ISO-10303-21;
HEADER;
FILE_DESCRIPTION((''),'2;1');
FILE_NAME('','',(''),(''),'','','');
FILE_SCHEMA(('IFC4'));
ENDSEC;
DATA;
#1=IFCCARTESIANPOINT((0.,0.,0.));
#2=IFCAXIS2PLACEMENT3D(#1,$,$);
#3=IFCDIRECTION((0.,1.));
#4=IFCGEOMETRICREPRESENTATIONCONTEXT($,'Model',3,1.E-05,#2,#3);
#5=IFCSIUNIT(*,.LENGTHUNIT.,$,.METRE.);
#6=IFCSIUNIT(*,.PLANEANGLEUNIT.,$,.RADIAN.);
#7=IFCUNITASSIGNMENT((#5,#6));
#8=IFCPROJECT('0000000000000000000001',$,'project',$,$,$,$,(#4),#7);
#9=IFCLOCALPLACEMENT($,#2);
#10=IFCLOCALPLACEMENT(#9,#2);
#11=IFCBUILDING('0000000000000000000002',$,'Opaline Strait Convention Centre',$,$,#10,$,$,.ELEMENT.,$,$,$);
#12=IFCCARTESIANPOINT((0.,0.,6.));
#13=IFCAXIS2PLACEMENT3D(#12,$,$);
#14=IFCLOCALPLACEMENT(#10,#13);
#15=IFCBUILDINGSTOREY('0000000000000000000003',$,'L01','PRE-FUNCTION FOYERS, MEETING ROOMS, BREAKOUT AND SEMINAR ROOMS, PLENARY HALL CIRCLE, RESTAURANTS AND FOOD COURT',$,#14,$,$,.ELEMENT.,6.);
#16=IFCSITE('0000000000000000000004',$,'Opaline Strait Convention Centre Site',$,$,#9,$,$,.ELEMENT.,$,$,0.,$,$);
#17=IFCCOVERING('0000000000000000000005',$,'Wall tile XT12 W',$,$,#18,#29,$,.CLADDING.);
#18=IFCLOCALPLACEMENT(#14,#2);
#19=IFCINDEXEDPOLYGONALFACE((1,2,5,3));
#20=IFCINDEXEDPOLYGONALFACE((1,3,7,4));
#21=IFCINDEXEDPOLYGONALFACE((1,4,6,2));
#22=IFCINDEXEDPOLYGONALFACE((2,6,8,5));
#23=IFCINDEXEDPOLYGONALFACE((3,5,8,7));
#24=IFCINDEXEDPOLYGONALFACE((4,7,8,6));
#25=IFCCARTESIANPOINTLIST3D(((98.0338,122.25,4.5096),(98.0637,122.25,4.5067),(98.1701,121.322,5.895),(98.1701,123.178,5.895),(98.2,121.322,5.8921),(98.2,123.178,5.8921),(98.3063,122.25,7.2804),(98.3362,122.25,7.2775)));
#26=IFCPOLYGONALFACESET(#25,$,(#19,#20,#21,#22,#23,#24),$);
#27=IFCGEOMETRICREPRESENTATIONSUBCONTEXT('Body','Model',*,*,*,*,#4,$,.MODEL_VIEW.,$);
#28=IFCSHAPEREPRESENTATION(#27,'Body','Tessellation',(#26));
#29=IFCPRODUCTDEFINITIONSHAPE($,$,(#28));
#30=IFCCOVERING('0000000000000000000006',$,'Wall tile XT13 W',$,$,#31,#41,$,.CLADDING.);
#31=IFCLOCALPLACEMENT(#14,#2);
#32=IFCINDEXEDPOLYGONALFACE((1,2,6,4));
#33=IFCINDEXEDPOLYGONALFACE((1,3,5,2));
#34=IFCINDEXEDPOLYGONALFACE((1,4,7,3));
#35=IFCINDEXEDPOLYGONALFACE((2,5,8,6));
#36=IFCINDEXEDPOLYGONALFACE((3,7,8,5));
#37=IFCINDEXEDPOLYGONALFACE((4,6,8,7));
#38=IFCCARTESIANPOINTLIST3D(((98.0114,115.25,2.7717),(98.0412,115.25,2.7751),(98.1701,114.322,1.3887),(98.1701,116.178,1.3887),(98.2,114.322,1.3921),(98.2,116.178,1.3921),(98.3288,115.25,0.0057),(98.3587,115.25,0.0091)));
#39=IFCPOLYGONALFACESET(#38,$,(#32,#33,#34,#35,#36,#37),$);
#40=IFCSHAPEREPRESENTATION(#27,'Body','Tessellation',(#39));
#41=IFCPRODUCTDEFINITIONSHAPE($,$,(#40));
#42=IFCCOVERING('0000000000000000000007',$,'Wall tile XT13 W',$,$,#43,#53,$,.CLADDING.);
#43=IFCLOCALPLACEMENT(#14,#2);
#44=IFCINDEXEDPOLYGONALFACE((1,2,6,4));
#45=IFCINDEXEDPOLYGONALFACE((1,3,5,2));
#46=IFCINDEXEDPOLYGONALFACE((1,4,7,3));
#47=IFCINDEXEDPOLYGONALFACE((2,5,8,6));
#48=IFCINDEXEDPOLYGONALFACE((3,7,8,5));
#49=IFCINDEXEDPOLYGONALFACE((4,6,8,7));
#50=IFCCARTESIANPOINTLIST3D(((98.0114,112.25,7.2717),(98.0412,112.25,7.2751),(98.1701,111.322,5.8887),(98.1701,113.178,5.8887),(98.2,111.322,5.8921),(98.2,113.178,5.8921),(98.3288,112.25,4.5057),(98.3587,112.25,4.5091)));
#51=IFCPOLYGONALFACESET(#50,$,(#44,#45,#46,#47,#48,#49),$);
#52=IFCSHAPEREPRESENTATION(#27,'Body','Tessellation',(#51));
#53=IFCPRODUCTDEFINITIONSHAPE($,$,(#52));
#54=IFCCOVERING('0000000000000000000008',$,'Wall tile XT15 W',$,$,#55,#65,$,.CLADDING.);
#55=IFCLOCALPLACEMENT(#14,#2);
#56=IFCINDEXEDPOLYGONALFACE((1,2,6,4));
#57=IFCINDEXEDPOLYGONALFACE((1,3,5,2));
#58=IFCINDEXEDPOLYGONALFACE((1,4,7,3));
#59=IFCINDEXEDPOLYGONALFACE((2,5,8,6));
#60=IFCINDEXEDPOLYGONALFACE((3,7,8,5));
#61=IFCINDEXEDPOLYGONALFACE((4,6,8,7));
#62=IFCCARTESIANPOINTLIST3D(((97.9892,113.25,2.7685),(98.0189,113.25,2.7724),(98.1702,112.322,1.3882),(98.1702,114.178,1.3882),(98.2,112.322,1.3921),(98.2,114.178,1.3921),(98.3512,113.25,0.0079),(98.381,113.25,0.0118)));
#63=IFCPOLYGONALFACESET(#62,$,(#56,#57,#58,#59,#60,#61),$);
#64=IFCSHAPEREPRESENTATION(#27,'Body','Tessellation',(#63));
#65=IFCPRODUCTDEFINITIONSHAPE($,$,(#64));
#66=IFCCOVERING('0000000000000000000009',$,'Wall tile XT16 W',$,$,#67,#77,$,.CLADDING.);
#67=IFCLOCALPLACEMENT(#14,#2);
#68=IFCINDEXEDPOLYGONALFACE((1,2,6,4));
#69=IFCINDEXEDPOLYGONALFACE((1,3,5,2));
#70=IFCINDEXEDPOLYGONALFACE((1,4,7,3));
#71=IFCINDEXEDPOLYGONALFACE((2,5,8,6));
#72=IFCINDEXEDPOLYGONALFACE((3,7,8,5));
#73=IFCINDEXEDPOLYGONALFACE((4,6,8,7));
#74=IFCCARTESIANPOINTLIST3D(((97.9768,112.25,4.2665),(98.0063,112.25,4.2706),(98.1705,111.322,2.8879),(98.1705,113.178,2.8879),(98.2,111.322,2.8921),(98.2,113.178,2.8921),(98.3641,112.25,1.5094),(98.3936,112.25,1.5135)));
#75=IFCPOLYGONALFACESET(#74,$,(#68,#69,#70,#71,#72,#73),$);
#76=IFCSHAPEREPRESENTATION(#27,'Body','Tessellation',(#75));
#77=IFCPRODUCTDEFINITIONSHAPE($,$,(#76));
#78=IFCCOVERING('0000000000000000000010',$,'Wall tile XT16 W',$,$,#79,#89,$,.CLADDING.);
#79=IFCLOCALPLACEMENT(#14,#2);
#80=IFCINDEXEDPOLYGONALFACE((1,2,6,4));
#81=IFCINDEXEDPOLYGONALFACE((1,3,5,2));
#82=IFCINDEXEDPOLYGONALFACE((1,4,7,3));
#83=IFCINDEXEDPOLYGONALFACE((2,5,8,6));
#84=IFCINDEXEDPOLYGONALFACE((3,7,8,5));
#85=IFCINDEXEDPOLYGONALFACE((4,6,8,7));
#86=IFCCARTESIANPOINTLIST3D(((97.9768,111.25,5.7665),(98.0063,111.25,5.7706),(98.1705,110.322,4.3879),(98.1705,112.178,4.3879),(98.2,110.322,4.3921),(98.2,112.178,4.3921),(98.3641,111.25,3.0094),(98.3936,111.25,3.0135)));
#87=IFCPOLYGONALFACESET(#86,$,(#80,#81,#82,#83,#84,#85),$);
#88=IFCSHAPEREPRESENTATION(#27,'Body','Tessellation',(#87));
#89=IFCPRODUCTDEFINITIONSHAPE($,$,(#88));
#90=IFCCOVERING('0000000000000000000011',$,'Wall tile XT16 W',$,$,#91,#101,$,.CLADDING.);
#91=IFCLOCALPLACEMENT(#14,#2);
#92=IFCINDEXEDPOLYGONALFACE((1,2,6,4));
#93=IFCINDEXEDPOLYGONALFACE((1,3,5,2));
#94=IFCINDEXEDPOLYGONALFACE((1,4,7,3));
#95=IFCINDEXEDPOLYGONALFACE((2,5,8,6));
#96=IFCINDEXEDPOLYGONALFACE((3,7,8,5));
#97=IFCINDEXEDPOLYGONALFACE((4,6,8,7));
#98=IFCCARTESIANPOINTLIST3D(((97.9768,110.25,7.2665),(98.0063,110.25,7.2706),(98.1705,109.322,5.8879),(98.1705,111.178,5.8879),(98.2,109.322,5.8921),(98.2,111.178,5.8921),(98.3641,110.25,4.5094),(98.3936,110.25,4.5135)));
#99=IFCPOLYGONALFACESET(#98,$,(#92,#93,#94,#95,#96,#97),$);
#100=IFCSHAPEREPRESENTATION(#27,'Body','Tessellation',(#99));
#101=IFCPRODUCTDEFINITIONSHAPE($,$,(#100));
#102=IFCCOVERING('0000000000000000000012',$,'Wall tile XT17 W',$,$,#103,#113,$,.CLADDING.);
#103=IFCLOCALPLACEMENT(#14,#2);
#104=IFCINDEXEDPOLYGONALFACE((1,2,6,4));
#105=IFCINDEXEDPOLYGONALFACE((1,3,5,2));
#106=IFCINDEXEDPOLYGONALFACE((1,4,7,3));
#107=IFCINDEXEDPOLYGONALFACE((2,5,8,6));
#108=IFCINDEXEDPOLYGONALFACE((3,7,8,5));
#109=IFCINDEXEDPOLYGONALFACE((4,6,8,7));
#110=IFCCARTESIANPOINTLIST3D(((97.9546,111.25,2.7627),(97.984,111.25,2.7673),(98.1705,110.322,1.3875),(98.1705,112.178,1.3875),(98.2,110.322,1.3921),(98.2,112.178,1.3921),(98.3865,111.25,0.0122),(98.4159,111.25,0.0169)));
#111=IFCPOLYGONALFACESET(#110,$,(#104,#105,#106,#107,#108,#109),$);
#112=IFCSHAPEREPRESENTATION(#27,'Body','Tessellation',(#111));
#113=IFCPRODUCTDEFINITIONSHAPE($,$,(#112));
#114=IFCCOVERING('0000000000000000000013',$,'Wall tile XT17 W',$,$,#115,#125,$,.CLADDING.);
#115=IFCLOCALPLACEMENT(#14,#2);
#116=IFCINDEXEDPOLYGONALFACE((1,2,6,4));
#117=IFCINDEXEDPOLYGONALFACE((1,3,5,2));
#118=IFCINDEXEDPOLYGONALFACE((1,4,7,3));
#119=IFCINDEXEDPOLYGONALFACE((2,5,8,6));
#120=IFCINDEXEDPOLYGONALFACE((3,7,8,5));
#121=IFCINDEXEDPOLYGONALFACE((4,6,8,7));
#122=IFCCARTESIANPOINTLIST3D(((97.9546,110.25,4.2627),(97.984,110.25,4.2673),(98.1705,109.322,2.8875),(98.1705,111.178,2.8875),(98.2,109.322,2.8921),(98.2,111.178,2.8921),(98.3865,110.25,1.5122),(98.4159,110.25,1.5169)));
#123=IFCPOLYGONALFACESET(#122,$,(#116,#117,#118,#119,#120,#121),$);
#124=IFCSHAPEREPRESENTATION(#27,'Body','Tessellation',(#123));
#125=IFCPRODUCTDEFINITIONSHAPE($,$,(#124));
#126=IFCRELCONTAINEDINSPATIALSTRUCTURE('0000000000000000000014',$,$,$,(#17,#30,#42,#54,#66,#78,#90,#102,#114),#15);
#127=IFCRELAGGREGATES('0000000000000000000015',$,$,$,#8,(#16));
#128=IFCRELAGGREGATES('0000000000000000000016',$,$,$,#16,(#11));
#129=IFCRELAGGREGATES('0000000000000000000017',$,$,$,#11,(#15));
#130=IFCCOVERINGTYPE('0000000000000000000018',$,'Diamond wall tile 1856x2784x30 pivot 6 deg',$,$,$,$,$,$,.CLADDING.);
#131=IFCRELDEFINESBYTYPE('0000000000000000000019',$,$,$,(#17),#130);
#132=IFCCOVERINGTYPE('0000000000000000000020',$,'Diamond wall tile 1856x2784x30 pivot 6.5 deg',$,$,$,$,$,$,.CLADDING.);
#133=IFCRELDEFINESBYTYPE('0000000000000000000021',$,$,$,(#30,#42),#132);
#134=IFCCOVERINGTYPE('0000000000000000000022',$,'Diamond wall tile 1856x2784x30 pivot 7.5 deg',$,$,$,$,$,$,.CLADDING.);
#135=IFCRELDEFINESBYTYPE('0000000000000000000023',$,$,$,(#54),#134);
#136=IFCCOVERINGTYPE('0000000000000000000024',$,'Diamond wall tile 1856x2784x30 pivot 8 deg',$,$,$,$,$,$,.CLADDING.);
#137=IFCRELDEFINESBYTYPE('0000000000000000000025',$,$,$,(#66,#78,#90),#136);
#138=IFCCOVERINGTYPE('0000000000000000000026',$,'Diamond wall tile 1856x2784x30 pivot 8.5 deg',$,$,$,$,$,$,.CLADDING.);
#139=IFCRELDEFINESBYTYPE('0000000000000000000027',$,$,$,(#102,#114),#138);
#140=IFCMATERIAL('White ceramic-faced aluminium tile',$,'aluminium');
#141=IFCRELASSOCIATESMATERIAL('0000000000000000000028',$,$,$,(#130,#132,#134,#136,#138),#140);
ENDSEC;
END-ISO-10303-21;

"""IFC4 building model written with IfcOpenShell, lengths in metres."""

from ifc_helpers import new_model, si_unit, direction, frame, origin, place, context, subcontext, project, spatial, polyline, outline, extrude, material, material_profile, profile_set, type_object, element, save


model = new_model("IFC4")

# Units and contexts
model_context = context("Model", 3, precision=1e-05, world=origin(), true_north=direction((0.0, 1.0)))
body_context = subcontext(model_context, "Body", "Model", "MODEL_VIEW")
ifc_project = project(units=[si_unit("LENGTHUNIT", "METRE"), si_unit("PLANEANGLEUNIT", "RADIAN")], contexts=[model_context])

# Site, building, storey
site_placement = place(None, origin())
site = spatial("IfcSite", under=ifc_project, at=site_placement, Name="Opaline Strait Convention Centre Site", CompositionType="ELEMENT", RefElevation=0.0)
building_placement = place(site_placement, origin())
building = spatial("IfcBuilding", under=site, at=building_placement, Name="Opaline Strait Convention Centre", CompositionType="ELEMENT")
storey_placement = place(building_placement, frame((0.0, 0.0, 6.0)))
storey = spatial("IfcBuildingStorey", under=building, at=storey_placement, Name="L01", Description="PRE-FUNCTION FOYERS, MEETING ROOMS, BREAKOUT AND SEMINAR ROOMS, PLENARY HALL CIRCLE, RESTAURANTS AND FOOD COURT", CompositionType="ELEMENT", Elevation=6.0)

# Coverings
ifc_material = material(Name="White ceramic-faced aluminium tile", Category="aluminium")
ifc_material_profile_1 = material_profile(ifc_material, outline(polyline([(0.928, 0.0), (0.0, 1.3921), (-0.928, 0.0), (0.0, -1.3921), (0.928, 0.0)])), Name="Diamond tile 1856x2784")
ifc_profile_set_1 = profile_set([ifc_material_profile_1], Name="White ceramic-faced aluminium tile")
covering_type_1 = type_object("IfcCoveringType", Name="Diamond wall tile 1856x2784x30 pivot 6 deg", PredefinedType="CLADDING", material=ifc_profile_set_1)
for number, where, z_axis, x_axis, name in (
    (1, (98.2, 122.25, 5.8921), (-0.995197, 0.0, 0.097888), (0.0, -1.0, 0.0), "Wall tile XT12 W"),
):
    element("IfcCovering", number, at=place(storey_placement, frame(where, z_axis=z_axis, x_axis=x_axis)), inside=storey, type_object=covering_type_1, Name=name, PredefinedType="CLADDING", context=body_context, shape_type="SweptSolid", body=[
        extrude(outline(polyline([(0.928, 0.0), (0.0, 1.3921), (-0.928, 0.0), (0.0, -1.3921), (0.928, 0.0)])), origin(), (0.0, 0.0, 1.0), 0.03),
    ])
ifc_material_profile_2 = material_profile(ifc_material, outline(polyline([(0.928, 0.0), (0.0, 1.3921), (-0.928, 0.0), (0.0, -1.3921), (0.928, 0.0)])), Name="Diamond tile 1856x2784")
ifc_profile_set_2 = profile_set([ifc_material_profile_2], Name="White ceramic-faced aluminium tile")
covering_type_2 = type_object("IfcCoveringType", Name="Diamond wall tile 1856x2784x30 pivot 6.5 deg", PredefinedType="CLADDING", material=ifc_profile_set_2)
for number, where, z_axis, x_axis, name in (
    (2, (98.2, 115.25, 1.3921), (-0.99348, 0.0, -0.114006), (0.0, -1.0, 0.0), "Wall tile XT13 W"),
    (3, (98.2, 112.25, 5.8921), (-0.99348, 0.0, -0.114006), (0.0, -1.0, 0.0), "Wall tile XT13 W"),
):
    element("IfcCovering", number, at=place(storey_placement, frame(where, z_axis=z_axis, x_axis=x_axis)), inside=storey, type_object=covering_type_2, Name=name, PredefinedType="CLADDING", context=body_context, shape_type="SweptSolid", body=[
        extrude(outline(polyline([(0.928, 0.0), (0.0, 1.3921), (-0.928, 0.0), (0.0, -1.3921), (0.928, 0.0)])), origin(), (0.0, 0.0, 1.0), 0.03),
    ])
ifc_material_profile_3 = material_profile(ifc_material, outline(polyline([(0.928, 0.0), (0.0, 1.3921), (-0.928, 0.0), (0.0, -1.3921), (0.928, 0.0)])), Name="Diamond tile 1856x2784")
ifc_profile_set_3 = profile_set([ifc_material_profile_3], Name="White ceramic-faced aluminium tile")
covering_type_3 = type_object("IfcCoveringType", Name="Diamond wall tile 1856x2784x30 pivot 7.5 deg", PredefinedType="CLADDING", material=ifc_profile_set_3)
covering_1_placement = place(storey_placement, frame((98.2, 113.25, 1.3921), z_axis=(-0.99151, 0.0, -0.130034), x_axis=(0.0, -1.0, 0.0)))
element("IfcCovering", 4, at=covering_1_placement, inside=storey, type_object=covering_type_3, Name="Wall tile XT15 W", PredefinedType="CLADDING", context=body_context, shape_type="SweptSolid", body=[
    extrude(outline(polyline([(0.928, 0.0), (0.0, 1.3921), (-0.928, 0.0), (0.0, -1.3921), (0.928, 0.0)])), origin(), (0.0, 0.0, 1.0), 0.03),
])
ifc_material_profile_4 = material_profile(ifc_material, outline(polyline([(0.928, 0.0), (0.0, 1.3921), (-0.928, 0.0), (0.0, -1.3921), (0.928, 0.0)])), Name="Diamond tile 1856x2784")
ifc_profile_set_4 = profile_set([ifc_material_profile_4], Name="White ceramic-faced aluminium tile")
covering_type_4 = type_object("IfcCoveringType", Name="Diamond wall tile 1856x2784x30 pivot 8 deg", PredefinedType="CLADDING", material=ifc_profile_set_4)
for number, where, z_axis, x_axis, name in (
    (5, (98.2, 112.25, 2.8921), (-0.990274, 0.0, -0.139129), (0.0, -1.0, 0.0), "Wall tile XT16 W"),
    (6, (98.2, 111.25, 4.3921), (-0.990274, 0.0, -0.139129), (0.0, -1.0, 0.0), "Wall tile XT16 W"),
    (7, (98.2, 110.25, 5.8921), (-0.990274, 0.0, -0.139129), (0.0, -1.0, 0.0), "Wall tile XT16 W"),
):
    element("IfcCovering", number, at=place(storey_placement, frame(where, z_axis=z_axis, x_axis=x_axis)), inside=storey, type_object=covering_type_4, Name=name, PredefinedType="CLADDING", context=body_context, shape_type="SweptSolid", body=[
        extrude(outline(polyline([(0.928, 0.0), (0.0, 1.3921), (-0.928, 0.0), (0.0, -1.3921), (0.928, 0.0)])), origin(), (0.0, 0.0, 1.0), 0.0298),
    ])
ifc_material_profile_5 = material_profile(ifc_material, outline(polyline([(0.928, 0.0), (0.0, 1.3921), (-0.928, 0.0), (0.0, -1.3921), (0.928, 0.0)])), Name="Diamond tile 1856x2784")
ifc_profile_set_5 = profile_set([ifc_material_profile_5], Name="White ceramic-faced aluminium tile")
covering_type_5 = type_object("IfcCoveringType", Name="Diamond wall tile 1856x2784x30 pivot 8.5 deg", PredefinedType="CLADDING", material=ifc_profile_set_5)
for number, where, z_axis, x_axis, name in (
    (8, (98.2, 111.25, 1.3921), (-0.987895, 0.0, -0.155124), (0.0, -1.0, 0.0), "Wall tile XT17 W"),
    (9, (98.2, 110.25, 2.8921), (-0.987895, 0.0, -0.155124), (0.0, -1.0, 0.0), "Wall tile XT17 W"),
):
    element("IfcCovering", number, at=place(storey_placement, frame(where, z_axis=z_axis, x_axis=x_axis)), inside=storey, type_object=covering_type_5, Name=name, PredefinedType="CLADDING", context=body_context, shape_type="SweptSolid", body=[
        extrude(outline(polyline([(0.928, 0.0), (0.0, 1.3921), (-0.928, 0.0), (0.0, -1.3921), (0.928, 0.0)])), origin(), (0.0, 0.0, 1.0), 0.0298),
    ])

save(model, "model.ifc")
